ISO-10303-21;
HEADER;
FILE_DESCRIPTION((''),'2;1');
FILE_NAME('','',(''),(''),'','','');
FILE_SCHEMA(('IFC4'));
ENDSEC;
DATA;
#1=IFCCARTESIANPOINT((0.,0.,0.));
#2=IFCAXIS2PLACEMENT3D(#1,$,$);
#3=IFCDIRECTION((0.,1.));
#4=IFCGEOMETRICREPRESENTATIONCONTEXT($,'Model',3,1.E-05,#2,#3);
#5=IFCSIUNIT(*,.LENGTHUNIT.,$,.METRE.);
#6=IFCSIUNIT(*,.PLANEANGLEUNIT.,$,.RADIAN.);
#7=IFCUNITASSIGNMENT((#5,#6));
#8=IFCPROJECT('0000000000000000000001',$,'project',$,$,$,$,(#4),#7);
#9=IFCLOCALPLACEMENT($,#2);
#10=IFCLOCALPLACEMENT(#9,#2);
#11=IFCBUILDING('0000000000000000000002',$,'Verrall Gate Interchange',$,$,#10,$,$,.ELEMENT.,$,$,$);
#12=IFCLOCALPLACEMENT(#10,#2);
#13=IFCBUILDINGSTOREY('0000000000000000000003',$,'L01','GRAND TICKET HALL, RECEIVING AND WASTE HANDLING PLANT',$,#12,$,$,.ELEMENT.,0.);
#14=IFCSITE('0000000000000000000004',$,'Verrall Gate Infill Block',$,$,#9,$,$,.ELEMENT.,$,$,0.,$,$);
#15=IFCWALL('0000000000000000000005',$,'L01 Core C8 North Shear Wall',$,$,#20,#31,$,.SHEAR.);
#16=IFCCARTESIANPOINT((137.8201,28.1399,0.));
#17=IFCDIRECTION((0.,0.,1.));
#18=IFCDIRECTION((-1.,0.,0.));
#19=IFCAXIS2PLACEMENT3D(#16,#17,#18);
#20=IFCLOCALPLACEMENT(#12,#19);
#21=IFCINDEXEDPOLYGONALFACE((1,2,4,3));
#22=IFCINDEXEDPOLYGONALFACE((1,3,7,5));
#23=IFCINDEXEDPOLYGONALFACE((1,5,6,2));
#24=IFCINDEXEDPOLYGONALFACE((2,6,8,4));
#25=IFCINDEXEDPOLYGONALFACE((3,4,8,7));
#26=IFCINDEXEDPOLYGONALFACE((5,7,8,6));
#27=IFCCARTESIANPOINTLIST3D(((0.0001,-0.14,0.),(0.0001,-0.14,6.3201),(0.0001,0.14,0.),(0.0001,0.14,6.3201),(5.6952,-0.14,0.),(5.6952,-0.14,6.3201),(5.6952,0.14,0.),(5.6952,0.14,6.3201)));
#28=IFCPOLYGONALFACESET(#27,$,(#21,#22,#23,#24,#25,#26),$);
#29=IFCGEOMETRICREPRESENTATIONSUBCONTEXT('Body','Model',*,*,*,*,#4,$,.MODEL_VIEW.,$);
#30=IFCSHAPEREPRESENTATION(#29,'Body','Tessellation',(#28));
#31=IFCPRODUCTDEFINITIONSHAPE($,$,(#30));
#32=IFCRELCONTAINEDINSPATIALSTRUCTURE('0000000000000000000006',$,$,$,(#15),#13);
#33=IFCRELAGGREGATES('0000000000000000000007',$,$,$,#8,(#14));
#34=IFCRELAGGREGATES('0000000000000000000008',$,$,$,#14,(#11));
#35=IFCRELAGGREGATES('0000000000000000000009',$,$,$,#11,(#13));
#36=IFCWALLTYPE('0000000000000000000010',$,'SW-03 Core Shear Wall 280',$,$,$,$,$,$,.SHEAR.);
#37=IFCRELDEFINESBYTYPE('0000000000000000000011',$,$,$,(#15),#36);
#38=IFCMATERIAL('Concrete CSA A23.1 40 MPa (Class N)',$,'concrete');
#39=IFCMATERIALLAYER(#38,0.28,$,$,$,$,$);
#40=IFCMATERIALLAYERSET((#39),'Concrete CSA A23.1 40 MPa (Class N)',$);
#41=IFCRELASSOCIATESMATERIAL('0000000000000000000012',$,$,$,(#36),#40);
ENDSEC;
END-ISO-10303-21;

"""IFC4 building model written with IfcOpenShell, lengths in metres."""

from ifc_helpers import new_model, si_unit, direction, frame, frame_2d, origin, place, context, subcontext, project, spatial, rectangle, extrude, material, layer, layer_set, type_object, element, save


model = new_model("IFC4")

# Units and contexts
model_context = context("Model", 3, precision=1e-05, world=origin(), true_north=direction((0.0, 1.0)))
body_context = subcontext(model_context, "Body", "Model", "MODEL_VIEW")
ifc_project = project(units=[si_unit("LENGTHUNIT", "METRE"), si_unit("PLANEANGLEUNIT", "RADIAN")], contexts=[model_context])

# Site, building, storey
site_placement = place(None, origin())
site = spatial("IfcSite", under=ifc_project, at=site_placement, Name="Verrall Gate Infill Block", CompositionType="ELEMENT", RefElevation=0.0)
building_placement = place(site_placement, origin())
building = spatial("IfcBuilding", under=site, at=building_placement, Name="Verrall Gate Interchange", CompositionType="ELEMENT")
storey_placement = place(building_placement, origin())
storey = spatial("IfcBuildingStorey", under=building, at=storey_placement, Name="L01", Description="GRAND TICKET HALL, RECEIVING AND WASTE HANDLING PLANT", CompositionType="ELEMENT", Elevation=0.0)

# Wall
ifc_material_1 = material(Name="Concrete CSA A23.1 40 MPa (Class N)", Category="concrete")
ifc_layer_1 = layer(ifc_material_1, 0.28)
ifc_layer_set_1 = layer_set([ifc_layer_1], Name="Concrete CSA A23.1 40 MPa (Class N)")
wall_type = type_object("IfcWallType", Name="SW-03 Core Shear Wall 280", PredefinedType="SHEAR", material=ifc_layer_set_1)
wall_placement = place(storey_placement, frame((137.8201, 28.1399, 0.0), z_axis=(0.0, 0.0, 1.0), x_axis=(-1.0, 0.0, 0.0)))
element("IfcWall", 1, at=wall_placement, inside=storey, type_object=wall_type, Name="L01 Core C8 North Shear Wall", PredefinedType="SHEAR", context=body_context, shape_type="SweptSolid", body=[
    extrude(rectangle(XDim=5.6951, YDim=0.28, at=frame_2d((2.8477, 0.0))), origin(), (0.0, 0.0, 1.0), 6.3201),
])

save(model, "model.ifc")
